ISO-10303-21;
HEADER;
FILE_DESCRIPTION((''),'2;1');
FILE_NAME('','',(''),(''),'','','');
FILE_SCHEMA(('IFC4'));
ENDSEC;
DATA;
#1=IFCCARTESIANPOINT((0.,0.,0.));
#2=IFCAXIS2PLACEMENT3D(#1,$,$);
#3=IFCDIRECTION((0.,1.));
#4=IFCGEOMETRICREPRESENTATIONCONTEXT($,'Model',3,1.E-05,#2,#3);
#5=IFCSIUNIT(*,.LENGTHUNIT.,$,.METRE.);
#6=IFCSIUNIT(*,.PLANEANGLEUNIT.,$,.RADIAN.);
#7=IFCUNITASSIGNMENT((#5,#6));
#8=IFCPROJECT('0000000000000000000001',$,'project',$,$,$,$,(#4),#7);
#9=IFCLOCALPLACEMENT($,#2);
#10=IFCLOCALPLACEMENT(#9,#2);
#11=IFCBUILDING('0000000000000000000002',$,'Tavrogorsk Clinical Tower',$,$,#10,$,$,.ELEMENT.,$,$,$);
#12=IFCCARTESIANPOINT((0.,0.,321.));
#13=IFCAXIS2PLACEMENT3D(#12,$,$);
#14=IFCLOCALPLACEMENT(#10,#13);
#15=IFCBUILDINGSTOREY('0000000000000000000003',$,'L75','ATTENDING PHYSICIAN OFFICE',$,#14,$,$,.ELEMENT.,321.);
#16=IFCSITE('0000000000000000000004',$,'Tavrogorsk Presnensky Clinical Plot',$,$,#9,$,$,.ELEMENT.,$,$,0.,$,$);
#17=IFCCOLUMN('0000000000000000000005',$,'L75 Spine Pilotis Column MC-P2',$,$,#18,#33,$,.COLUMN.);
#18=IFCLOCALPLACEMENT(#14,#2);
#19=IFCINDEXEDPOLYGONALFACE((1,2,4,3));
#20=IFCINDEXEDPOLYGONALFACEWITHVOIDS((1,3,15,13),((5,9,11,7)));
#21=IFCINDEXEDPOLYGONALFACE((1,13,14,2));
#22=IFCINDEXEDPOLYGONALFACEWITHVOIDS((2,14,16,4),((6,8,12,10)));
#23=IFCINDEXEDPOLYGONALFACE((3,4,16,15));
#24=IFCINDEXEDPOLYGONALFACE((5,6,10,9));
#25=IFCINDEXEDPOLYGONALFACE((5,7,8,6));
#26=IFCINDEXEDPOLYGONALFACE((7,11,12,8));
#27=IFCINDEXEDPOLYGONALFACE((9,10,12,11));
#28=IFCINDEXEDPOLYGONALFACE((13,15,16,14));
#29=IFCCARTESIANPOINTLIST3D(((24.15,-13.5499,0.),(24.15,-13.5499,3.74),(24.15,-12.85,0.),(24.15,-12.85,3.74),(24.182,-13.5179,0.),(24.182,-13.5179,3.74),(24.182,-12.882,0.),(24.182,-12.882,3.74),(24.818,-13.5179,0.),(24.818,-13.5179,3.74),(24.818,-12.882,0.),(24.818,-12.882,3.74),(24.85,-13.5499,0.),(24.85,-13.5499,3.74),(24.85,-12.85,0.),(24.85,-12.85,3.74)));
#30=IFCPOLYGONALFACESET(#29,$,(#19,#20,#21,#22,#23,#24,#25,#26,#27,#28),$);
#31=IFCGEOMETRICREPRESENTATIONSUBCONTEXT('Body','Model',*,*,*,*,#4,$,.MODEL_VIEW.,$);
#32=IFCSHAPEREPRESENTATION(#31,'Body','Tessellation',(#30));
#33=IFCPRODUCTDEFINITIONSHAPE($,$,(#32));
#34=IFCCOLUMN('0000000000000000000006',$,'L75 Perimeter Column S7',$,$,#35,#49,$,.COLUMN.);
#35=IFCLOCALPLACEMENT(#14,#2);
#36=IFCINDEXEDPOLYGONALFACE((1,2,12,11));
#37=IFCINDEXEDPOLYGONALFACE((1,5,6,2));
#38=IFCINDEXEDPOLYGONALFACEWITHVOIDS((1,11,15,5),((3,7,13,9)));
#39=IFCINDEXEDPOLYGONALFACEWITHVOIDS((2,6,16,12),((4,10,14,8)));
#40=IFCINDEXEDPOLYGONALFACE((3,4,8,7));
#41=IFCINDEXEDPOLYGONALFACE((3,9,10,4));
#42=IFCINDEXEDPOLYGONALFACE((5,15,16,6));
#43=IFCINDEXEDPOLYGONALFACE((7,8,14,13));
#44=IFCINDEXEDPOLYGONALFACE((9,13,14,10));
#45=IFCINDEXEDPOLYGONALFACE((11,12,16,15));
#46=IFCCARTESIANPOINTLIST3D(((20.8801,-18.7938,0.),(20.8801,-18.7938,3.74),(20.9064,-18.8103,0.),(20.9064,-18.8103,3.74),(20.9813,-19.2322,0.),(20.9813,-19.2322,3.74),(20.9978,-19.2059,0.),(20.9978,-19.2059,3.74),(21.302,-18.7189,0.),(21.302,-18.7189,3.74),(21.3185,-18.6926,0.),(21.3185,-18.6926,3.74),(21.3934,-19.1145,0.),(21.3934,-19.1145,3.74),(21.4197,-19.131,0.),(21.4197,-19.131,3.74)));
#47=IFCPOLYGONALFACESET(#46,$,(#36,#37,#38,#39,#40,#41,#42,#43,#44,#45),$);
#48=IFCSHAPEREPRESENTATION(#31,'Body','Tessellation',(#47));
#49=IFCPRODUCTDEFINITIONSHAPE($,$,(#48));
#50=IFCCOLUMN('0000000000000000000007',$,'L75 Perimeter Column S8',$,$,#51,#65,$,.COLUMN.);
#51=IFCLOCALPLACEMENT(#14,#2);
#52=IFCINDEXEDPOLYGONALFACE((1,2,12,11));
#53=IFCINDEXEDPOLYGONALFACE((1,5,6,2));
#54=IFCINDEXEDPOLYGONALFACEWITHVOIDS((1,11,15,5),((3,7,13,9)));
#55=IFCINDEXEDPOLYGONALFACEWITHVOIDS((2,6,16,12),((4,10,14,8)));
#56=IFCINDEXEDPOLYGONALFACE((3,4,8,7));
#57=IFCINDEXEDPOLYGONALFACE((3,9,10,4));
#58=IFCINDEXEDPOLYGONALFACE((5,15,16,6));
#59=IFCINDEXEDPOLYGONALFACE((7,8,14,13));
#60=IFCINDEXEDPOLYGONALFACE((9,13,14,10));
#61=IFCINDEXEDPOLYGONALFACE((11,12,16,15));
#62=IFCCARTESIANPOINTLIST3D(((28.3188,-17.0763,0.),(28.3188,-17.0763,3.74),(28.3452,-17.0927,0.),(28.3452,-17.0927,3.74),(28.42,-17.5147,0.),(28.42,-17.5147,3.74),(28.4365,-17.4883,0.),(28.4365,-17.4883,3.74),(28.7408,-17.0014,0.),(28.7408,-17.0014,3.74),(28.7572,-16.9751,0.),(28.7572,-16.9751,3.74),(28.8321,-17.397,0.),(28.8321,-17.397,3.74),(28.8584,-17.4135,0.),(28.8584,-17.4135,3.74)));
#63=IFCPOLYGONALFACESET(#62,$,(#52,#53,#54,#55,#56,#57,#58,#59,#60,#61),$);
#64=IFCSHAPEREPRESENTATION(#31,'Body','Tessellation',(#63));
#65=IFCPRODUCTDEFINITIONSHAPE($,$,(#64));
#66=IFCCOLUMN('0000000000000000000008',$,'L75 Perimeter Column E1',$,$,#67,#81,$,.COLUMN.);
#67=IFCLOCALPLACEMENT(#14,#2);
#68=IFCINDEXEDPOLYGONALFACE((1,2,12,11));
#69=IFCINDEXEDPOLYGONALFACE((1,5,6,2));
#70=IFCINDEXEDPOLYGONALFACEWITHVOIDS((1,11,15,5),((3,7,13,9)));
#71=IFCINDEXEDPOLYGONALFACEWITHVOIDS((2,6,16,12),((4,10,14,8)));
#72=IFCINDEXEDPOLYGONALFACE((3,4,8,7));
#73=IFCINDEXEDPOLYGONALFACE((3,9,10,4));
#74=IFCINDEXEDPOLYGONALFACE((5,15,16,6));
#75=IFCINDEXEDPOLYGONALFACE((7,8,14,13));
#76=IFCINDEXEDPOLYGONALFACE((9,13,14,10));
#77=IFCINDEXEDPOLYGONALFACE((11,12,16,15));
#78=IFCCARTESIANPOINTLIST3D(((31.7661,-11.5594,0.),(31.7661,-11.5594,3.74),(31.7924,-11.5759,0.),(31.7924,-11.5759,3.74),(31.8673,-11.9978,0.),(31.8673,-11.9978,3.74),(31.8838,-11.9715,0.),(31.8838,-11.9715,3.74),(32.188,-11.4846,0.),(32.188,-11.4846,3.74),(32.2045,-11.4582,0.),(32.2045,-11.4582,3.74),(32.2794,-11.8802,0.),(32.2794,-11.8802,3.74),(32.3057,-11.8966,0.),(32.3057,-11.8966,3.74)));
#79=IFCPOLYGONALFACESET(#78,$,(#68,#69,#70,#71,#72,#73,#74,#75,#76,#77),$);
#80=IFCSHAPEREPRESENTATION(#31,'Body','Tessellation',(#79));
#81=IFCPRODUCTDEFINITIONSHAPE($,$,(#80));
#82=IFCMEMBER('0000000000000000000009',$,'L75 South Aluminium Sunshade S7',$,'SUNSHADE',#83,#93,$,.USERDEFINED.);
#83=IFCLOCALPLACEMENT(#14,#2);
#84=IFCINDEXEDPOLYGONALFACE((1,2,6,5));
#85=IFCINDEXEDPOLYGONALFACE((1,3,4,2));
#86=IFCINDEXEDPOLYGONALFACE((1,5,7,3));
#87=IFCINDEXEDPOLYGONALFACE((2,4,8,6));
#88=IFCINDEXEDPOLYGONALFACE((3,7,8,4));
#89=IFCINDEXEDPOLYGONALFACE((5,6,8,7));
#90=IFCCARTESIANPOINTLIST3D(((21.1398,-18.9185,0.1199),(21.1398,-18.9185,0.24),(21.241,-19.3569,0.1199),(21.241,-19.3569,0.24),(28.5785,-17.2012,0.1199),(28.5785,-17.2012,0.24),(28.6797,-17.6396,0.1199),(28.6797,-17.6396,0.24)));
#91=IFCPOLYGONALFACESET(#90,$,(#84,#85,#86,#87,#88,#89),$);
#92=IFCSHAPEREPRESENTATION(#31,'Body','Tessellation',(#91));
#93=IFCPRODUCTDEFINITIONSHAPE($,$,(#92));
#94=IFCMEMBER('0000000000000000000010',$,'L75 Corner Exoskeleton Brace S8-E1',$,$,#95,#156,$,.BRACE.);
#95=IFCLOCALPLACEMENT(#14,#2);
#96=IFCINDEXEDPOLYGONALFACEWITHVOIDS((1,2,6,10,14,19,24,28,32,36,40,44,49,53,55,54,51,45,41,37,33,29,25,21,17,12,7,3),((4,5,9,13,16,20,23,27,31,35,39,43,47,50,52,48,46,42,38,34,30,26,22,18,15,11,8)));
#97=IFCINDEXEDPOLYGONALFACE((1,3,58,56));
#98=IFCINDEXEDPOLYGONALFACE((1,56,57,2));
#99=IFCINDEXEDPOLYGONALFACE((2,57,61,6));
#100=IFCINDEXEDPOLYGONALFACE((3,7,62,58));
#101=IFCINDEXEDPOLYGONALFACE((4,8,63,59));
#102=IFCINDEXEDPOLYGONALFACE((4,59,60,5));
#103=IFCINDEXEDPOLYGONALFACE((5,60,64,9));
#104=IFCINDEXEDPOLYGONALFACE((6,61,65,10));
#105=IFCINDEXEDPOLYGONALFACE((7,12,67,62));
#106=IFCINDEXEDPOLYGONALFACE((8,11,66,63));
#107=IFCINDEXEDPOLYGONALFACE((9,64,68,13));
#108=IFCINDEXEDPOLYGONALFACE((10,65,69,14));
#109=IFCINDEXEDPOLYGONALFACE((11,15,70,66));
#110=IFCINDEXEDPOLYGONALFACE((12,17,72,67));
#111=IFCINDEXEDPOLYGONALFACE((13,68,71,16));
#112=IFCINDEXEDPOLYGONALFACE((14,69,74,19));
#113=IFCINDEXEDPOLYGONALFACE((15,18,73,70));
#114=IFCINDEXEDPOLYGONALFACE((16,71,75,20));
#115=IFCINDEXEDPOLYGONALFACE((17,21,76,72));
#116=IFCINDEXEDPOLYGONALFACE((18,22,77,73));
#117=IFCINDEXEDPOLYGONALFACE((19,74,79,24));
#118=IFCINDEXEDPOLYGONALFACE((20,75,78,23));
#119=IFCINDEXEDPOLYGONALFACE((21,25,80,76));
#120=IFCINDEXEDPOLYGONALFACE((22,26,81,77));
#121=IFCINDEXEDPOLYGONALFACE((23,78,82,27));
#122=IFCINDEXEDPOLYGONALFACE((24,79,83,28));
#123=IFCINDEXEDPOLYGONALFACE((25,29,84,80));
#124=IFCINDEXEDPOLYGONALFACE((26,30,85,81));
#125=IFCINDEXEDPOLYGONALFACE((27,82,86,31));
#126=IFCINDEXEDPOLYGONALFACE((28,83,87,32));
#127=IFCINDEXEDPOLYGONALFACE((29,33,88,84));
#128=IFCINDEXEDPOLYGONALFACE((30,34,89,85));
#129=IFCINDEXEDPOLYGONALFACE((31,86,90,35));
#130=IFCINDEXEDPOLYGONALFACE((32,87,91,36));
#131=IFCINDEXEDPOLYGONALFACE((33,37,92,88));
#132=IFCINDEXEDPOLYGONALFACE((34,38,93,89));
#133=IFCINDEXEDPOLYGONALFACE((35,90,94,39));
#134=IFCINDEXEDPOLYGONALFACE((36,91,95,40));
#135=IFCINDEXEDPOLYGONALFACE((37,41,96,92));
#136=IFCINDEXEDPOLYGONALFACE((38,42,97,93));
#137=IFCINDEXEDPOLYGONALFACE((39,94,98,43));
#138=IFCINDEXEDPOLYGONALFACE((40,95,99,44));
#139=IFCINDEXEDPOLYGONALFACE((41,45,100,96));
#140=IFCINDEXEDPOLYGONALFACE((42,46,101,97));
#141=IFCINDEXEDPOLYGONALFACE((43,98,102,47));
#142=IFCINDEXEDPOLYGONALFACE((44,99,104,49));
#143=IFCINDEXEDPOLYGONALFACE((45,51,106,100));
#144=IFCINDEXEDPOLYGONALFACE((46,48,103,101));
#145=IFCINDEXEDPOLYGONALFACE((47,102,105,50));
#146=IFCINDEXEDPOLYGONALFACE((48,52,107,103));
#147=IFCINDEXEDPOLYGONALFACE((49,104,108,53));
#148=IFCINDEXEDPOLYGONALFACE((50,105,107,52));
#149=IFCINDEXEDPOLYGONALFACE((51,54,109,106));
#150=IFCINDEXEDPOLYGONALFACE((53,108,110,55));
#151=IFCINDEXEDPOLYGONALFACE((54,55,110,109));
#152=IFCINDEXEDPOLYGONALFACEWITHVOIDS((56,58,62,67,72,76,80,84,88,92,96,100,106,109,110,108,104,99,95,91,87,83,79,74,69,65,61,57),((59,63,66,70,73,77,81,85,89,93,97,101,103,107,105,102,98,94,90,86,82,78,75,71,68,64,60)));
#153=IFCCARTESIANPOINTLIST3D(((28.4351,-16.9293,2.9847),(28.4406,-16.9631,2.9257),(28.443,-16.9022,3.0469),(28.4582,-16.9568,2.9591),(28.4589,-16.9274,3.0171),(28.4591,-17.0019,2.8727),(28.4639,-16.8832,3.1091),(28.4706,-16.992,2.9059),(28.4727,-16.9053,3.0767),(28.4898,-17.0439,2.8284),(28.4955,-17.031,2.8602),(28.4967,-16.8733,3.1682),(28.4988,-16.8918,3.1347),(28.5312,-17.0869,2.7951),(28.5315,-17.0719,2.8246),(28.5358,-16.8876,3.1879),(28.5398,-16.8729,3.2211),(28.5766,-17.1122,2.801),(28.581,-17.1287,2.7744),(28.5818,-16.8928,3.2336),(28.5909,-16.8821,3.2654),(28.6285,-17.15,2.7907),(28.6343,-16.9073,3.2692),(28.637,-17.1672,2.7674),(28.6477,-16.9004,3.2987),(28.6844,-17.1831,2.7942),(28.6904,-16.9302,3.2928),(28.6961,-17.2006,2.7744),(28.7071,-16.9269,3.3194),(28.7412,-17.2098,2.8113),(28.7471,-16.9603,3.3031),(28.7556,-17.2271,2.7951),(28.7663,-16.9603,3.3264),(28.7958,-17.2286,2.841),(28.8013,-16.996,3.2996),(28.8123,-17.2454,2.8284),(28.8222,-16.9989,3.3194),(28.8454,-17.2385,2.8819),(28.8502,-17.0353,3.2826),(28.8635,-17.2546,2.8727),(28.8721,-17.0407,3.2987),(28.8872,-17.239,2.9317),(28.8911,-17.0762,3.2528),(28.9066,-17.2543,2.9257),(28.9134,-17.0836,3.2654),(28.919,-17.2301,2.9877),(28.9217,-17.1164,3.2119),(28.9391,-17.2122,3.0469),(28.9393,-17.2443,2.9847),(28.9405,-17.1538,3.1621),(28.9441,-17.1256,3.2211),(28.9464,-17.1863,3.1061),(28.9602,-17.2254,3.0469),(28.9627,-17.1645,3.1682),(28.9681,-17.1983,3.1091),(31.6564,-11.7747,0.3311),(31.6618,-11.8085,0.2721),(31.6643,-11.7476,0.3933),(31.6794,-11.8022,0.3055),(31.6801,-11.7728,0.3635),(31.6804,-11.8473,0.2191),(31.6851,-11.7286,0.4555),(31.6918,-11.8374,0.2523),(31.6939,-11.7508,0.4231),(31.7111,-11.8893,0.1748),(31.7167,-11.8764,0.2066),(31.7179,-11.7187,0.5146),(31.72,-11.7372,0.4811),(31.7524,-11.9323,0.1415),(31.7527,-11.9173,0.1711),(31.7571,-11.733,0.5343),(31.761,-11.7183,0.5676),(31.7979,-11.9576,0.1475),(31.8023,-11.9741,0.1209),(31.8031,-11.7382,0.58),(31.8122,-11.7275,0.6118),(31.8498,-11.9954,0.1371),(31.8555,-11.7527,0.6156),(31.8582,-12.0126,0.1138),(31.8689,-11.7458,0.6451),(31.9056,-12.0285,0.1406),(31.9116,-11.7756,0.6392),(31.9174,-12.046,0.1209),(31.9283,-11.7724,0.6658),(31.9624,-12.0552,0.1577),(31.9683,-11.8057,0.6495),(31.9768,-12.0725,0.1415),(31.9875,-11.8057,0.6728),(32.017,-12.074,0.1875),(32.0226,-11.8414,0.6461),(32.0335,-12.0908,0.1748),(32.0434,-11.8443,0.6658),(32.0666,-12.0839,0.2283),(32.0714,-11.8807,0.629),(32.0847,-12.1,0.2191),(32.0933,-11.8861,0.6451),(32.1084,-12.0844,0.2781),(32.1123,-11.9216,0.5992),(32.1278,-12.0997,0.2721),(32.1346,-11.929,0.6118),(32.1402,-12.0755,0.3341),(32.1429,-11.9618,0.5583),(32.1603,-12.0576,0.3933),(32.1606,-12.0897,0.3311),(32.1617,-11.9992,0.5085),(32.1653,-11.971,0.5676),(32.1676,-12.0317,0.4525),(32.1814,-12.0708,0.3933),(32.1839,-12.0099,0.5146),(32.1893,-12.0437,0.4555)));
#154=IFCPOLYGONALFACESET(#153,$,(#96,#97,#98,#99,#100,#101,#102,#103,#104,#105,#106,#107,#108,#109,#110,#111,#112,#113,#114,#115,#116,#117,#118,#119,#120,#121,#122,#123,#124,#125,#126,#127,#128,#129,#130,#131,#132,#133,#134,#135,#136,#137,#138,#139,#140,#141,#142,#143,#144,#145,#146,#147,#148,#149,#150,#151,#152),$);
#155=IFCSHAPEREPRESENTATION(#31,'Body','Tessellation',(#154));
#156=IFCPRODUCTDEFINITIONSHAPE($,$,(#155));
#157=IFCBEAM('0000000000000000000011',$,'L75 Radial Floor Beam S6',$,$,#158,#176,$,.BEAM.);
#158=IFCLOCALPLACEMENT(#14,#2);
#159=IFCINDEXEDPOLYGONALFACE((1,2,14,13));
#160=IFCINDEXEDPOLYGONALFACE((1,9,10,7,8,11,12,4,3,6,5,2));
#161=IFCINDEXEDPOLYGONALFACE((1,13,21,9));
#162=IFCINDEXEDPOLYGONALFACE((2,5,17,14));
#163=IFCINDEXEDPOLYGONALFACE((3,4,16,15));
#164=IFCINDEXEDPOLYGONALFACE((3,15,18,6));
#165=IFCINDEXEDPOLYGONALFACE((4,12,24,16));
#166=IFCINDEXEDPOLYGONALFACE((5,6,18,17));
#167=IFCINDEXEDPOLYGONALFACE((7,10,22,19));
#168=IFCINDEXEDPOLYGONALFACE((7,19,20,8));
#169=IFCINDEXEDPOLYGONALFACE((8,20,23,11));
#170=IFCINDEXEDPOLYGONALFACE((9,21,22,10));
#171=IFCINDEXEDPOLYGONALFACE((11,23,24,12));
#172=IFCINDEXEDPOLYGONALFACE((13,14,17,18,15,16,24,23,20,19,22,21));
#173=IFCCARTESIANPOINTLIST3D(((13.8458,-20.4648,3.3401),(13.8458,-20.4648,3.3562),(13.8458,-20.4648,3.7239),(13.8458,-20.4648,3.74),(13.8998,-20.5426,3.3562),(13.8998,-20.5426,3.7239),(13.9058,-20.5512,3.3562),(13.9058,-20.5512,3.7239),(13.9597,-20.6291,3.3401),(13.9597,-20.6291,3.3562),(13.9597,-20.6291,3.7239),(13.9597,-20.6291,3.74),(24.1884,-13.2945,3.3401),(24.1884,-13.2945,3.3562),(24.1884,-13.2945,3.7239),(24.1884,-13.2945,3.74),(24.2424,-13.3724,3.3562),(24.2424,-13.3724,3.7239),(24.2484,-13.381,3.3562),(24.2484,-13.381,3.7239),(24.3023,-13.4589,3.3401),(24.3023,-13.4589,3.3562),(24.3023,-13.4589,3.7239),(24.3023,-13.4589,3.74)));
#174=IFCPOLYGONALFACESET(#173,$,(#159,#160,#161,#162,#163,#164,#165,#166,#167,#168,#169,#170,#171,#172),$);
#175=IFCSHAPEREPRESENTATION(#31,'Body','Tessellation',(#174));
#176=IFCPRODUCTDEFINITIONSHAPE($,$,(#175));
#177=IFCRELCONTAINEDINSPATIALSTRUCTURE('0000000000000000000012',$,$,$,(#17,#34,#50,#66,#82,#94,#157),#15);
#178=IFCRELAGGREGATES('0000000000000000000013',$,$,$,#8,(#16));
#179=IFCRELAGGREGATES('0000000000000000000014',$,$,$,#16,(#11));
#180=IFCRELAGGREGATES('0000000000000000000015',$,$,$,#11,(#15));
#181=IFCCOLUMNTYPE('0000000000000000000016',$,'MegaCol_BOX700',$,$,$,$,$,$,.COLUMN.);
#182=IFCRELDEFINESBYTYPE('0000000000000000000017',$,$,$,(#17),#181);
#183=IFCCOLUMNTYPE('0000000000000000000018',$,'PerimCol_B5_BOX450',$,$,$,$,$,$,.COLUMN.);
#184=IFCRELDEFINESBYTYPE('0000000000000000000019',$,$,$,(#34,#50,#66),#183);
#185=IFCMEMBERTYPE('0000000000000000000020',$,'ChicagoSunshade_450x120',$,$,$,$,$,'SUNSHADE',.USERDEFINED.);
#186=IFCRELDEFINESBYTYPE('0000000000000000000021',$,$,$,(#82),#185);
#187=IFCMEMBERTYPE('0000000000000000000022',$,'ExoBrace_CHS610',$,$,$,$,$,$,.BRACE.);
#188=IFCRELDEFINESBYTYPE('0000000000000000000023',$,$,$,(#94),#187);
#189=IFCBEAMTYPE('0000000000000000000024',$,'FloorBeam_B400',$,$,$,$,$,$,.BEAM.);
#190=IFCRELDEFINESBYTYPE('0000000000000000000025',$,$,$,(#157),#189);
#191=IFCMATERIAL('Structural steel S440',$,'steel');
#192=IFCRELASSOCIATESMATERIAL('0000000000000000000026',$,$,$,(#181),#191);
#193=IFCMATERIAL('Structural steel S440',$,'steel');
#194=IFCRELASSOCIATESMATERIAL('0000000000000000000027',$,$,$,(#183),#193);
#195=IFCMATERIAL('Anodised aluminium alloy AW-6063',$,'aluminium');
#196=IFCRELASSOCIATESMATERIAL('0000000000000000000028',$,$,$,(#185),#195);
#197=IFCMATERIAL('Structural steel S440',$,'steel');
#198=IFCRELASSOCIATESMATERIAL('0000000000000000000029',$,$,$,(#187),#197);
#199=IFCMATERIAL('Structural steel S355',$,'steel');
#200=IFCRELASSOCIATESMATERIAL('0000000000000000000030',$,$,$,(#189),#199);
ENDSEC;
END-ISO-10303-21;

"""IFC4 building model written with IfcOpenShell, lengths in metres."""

from ifc_helpers import new_model, si_unit, direction, frame, origin, origin_2d, place, context, subcontext, project, spatial, rectangle, hollow_rectangle, hollow_circle, i_section, extrude, material, material_profile, profile_set, type_object, element, save


model = new_model("IFC4")

# Units and contexts
model_context = context("Model", 3, precision=1e-05, world=origin(), true_north=direction((0.0, 1.0)))
body_context = subcontext(model_context, "Body", "Model", "MODEL_VIEW")
ifc_project = project(units=[si_unit("LENGTHUNIT", "METRE"), si_unit("PLANEANGLEUNIT", "RADIAN")], contexts=[model_context])

# Site, building, storey
site_placement = place(None, origin())
site = spatial("IfcSite", under=ifc_project, at=site_placement, Name="Tavrogorsk Presnensky Clinical Plot", CompositionType="ELEMENT", RefElevation=0.0)
building_placement = place(site_placement, origin())
building = spatial("IfcBuilding", under=site, at=building_placement, Name="Tavrogorsk Clinical Tower", CompositionType="ELEMENT")
storey_placement = place(building_placement, frame((0.0, 0.0, 321.0)))
storey = spatial("IfcBuildingStorey", under=building, at=storey_placement, Name="L75", Description="ATTENDING PHYSICIAN OFFICE", CompositionType="ELEMENT", Elevation=321.0)

# Columns
ifc_material_1 = material(Name="Structural steel S440", Category="steel")
ifc_material_profile_1 = material_profile(ifc_material_1, hollow_rectangle(XDim=0.7, YDim=0.7, WallThickness=0.032, at=origin_2d()), Name="BOX-700x700x32")
ifc_profile_set_1 = profile_set([ifc_material_profile_1], Name="Structural steel S440")
column_type_1 = type_object("IfcColumnType", Name="MegaCol_BOX700", PredefinedType="COLUMN", material=ifc_profile_set_1)
column_placement = place(storey_placement, frame((24.5, -13.2, 0.0), z_axis=(0.0, 0.0, 1.0), x_axis=(1.0, 0.0, 0.0)))
element("IfcColumn", 1, at=column_placement, inside=storey, type_object=column_type_1, Name="L75 Spine Pilotis Column MC-P2", PredefinedType="COLUMN", context=body_context, shape_type="SweptSolid", body=[
    extrude(hollow_rectangle(XDim=0.7, YDim=0.7, WallThickness=0.032, at=origin_2d()), origin(), (0.0, 0.0, 1.0), 3.74),
])
ifc_material_2 = material(Name="Structural steel S440", Category="steel")
ifc_material_profile_2 = material_profile(ifc_material_2, hollow_rectangle(XDim=0.45, YDim=0.45, WallThickness=0.022, at=origin_2d()), Name="BOX-450x450x22")
ifc_profile_set_2 = profile_set([ifc_material_profile_2], Name="Structural steel S440")
column_type_2 = type_object("IfcColumnType", Name="PerimCol_B5_BOX450", PredefinedType="COLUMN", material=ifc_profile_set_2)
for number, where, z_axis, x_axis, name in (
    (2, (21.1499, -18.9624, 0.0), (0.0, 0.0, 1.0), (0.97437, 0.224951, 0.0), "L75 Perimeter Column S7"),
    (3, (28.5886, -17.2449, 0.0), (0.0, 0.0, 1.0), (0.97437, 0.224951, 0.0), "L75 Perimeter Column S8"),
    (4, (32.0359, -11.728, 0.0), (0.0, 0.0, 1.0), (0.97437, 0.224951, 0.0), "L75 Perimeter Column E1"),
):
    element("IfcColumn", number, at=place(storey_placement, frame(where, z_axis=z_axis, x_axis=x_axis)), inside=storey, type_object=column_type_2, Name=name, PredefinedType="COLUMN", context=body_context, shape_type="SweptSolid", body=[
        extrude(hollow_rectangle(XDim=0.45, YDim=0.45, WallThickness=0.022, at=origin_2d()), origin(), (0.0, 0.0, 1.0), 3.74),
    ])

# Members
ifc_material_3 = material(Name="Anodised aluminium alloy AW-6063", Category="aluminium")
ifc_material_profile_3 = material_profile(ifc_material_3, rectangle(XDim=0.45, YDim=0.1201, at=origin_2d()), Name="ALU-SUNSHADE-450x120")
ifc_profile_set_3 = profile_set([ifc_material_profile_3], Name="Anodised aluminium alloy AW-6063")
member_type_1 = type_object("IfcMemberType", Name="ChicagoSunshade_450x120", ElementType="SUNSHADE", PredefinedType="USERDEFINED", material=ifc_profile_set_3)
member_1_placement = place(storey_placement, frame((21.1904, -19.1377, 0.1799), z_axis=(0.974372, 0.224941, 0.0), x_axis=(-0.224941, 0.974372, 0.0)))
element("IfcMember", 5, at=member_1_placement, inside=storey, type_object=member_type_1, Name="L75 South Aluminium Sunshade S7", ObjectType="SUNSHADE", PredefinedType="USERDEFINED", context=body_context, shape_type="SweptSolid", body=[
    extrude(rectangle(XDim=0.45, YDim=0.1201, at=origin_2d()), origin(), (0.0, 0.0, 1.0), 7.6343),
])
ifc_material_4 = material(Name="Structural steel S440", Category="steel")
ifc_material_profile_4 = material_profile(ifc_material_4, hollow_circle(Radius=0.3049, WallThickness=0.0249, at=origin_2d()), Name="CHS-610x25")
ifc_profile_set_4 = profile_set([ifc_material_profile_4], Name="Structural steel S440")
member_type_2 = type_object("IfcMemberType", Name="ExoBrace_CHS610", PredefinedType="BRACE", material=ifc_profile_set_4)
member_2_placement = place(storey_placement, frame((31.9229, -11.9092, 0.3933), z_axis=(-0.485686, -0.777193, 0.4001), x_axis=(0.848028, -0.529952, 0.0)))
element("IfcMember", 6, at=member_2_placement, inside=storey, type_object=member_type_2, Name="L75 Corner Exoskeleton Brace S8-E1", PredefinedType="BRACE", context=body_context, shape_type="SweptSolid", body=[
    extrude(hollow_circle(Radius=0.3049, WallThickness=0.0249, at=origin_2d()), origin(), (0.0, 0.0, 1.0), 6.6323),
])

# Beam
ifc_material_5 = material(Name="Structural steel S355", Category="steel")
ifc_material_profile_5 = material_profile(ifc_material_5, i_section(OverallWidth=0.2, OverallDepth=0.3999, WebThickness=0.0105, FlangeThickness=0.0161, at=origin_2d()), Name="B-400x200x10.5x16")
ifc_profile_set_5 = profile_set([ifc_material_profile_5], Name="Structural steel S355")
beam_type_1 = type_object("IfcBeamType", Name="FloorBeam_B400", PredefinedType="BEAM", material=ifc_profile_set_5)
beam_1_placement = place(storey_placement, frame((24.2454, -13.3767, 3.54), z_axis=(-0.821822, -0.569745, 0.0), x_axis=(0.569745, -0.821822, 0.0)))
element("IfcBeam", 7, at=beam_1_placement, inside=storey, type_object=beam_type_1, Name="L75 Radial Floor Beam S6", PredefinedType="BEAM", context=body_context, shape_type="SweptSolid", body=[
    extrude(i_section(OverallWidth=0.2, OverallDepth=0.3999, WebThickness=0.0105, FlangeThickness=0.0161, at=origin_2d()), origin(), (0.0, 0.0, 1.0), 12.585),
])

save(model, "model.ifc")
